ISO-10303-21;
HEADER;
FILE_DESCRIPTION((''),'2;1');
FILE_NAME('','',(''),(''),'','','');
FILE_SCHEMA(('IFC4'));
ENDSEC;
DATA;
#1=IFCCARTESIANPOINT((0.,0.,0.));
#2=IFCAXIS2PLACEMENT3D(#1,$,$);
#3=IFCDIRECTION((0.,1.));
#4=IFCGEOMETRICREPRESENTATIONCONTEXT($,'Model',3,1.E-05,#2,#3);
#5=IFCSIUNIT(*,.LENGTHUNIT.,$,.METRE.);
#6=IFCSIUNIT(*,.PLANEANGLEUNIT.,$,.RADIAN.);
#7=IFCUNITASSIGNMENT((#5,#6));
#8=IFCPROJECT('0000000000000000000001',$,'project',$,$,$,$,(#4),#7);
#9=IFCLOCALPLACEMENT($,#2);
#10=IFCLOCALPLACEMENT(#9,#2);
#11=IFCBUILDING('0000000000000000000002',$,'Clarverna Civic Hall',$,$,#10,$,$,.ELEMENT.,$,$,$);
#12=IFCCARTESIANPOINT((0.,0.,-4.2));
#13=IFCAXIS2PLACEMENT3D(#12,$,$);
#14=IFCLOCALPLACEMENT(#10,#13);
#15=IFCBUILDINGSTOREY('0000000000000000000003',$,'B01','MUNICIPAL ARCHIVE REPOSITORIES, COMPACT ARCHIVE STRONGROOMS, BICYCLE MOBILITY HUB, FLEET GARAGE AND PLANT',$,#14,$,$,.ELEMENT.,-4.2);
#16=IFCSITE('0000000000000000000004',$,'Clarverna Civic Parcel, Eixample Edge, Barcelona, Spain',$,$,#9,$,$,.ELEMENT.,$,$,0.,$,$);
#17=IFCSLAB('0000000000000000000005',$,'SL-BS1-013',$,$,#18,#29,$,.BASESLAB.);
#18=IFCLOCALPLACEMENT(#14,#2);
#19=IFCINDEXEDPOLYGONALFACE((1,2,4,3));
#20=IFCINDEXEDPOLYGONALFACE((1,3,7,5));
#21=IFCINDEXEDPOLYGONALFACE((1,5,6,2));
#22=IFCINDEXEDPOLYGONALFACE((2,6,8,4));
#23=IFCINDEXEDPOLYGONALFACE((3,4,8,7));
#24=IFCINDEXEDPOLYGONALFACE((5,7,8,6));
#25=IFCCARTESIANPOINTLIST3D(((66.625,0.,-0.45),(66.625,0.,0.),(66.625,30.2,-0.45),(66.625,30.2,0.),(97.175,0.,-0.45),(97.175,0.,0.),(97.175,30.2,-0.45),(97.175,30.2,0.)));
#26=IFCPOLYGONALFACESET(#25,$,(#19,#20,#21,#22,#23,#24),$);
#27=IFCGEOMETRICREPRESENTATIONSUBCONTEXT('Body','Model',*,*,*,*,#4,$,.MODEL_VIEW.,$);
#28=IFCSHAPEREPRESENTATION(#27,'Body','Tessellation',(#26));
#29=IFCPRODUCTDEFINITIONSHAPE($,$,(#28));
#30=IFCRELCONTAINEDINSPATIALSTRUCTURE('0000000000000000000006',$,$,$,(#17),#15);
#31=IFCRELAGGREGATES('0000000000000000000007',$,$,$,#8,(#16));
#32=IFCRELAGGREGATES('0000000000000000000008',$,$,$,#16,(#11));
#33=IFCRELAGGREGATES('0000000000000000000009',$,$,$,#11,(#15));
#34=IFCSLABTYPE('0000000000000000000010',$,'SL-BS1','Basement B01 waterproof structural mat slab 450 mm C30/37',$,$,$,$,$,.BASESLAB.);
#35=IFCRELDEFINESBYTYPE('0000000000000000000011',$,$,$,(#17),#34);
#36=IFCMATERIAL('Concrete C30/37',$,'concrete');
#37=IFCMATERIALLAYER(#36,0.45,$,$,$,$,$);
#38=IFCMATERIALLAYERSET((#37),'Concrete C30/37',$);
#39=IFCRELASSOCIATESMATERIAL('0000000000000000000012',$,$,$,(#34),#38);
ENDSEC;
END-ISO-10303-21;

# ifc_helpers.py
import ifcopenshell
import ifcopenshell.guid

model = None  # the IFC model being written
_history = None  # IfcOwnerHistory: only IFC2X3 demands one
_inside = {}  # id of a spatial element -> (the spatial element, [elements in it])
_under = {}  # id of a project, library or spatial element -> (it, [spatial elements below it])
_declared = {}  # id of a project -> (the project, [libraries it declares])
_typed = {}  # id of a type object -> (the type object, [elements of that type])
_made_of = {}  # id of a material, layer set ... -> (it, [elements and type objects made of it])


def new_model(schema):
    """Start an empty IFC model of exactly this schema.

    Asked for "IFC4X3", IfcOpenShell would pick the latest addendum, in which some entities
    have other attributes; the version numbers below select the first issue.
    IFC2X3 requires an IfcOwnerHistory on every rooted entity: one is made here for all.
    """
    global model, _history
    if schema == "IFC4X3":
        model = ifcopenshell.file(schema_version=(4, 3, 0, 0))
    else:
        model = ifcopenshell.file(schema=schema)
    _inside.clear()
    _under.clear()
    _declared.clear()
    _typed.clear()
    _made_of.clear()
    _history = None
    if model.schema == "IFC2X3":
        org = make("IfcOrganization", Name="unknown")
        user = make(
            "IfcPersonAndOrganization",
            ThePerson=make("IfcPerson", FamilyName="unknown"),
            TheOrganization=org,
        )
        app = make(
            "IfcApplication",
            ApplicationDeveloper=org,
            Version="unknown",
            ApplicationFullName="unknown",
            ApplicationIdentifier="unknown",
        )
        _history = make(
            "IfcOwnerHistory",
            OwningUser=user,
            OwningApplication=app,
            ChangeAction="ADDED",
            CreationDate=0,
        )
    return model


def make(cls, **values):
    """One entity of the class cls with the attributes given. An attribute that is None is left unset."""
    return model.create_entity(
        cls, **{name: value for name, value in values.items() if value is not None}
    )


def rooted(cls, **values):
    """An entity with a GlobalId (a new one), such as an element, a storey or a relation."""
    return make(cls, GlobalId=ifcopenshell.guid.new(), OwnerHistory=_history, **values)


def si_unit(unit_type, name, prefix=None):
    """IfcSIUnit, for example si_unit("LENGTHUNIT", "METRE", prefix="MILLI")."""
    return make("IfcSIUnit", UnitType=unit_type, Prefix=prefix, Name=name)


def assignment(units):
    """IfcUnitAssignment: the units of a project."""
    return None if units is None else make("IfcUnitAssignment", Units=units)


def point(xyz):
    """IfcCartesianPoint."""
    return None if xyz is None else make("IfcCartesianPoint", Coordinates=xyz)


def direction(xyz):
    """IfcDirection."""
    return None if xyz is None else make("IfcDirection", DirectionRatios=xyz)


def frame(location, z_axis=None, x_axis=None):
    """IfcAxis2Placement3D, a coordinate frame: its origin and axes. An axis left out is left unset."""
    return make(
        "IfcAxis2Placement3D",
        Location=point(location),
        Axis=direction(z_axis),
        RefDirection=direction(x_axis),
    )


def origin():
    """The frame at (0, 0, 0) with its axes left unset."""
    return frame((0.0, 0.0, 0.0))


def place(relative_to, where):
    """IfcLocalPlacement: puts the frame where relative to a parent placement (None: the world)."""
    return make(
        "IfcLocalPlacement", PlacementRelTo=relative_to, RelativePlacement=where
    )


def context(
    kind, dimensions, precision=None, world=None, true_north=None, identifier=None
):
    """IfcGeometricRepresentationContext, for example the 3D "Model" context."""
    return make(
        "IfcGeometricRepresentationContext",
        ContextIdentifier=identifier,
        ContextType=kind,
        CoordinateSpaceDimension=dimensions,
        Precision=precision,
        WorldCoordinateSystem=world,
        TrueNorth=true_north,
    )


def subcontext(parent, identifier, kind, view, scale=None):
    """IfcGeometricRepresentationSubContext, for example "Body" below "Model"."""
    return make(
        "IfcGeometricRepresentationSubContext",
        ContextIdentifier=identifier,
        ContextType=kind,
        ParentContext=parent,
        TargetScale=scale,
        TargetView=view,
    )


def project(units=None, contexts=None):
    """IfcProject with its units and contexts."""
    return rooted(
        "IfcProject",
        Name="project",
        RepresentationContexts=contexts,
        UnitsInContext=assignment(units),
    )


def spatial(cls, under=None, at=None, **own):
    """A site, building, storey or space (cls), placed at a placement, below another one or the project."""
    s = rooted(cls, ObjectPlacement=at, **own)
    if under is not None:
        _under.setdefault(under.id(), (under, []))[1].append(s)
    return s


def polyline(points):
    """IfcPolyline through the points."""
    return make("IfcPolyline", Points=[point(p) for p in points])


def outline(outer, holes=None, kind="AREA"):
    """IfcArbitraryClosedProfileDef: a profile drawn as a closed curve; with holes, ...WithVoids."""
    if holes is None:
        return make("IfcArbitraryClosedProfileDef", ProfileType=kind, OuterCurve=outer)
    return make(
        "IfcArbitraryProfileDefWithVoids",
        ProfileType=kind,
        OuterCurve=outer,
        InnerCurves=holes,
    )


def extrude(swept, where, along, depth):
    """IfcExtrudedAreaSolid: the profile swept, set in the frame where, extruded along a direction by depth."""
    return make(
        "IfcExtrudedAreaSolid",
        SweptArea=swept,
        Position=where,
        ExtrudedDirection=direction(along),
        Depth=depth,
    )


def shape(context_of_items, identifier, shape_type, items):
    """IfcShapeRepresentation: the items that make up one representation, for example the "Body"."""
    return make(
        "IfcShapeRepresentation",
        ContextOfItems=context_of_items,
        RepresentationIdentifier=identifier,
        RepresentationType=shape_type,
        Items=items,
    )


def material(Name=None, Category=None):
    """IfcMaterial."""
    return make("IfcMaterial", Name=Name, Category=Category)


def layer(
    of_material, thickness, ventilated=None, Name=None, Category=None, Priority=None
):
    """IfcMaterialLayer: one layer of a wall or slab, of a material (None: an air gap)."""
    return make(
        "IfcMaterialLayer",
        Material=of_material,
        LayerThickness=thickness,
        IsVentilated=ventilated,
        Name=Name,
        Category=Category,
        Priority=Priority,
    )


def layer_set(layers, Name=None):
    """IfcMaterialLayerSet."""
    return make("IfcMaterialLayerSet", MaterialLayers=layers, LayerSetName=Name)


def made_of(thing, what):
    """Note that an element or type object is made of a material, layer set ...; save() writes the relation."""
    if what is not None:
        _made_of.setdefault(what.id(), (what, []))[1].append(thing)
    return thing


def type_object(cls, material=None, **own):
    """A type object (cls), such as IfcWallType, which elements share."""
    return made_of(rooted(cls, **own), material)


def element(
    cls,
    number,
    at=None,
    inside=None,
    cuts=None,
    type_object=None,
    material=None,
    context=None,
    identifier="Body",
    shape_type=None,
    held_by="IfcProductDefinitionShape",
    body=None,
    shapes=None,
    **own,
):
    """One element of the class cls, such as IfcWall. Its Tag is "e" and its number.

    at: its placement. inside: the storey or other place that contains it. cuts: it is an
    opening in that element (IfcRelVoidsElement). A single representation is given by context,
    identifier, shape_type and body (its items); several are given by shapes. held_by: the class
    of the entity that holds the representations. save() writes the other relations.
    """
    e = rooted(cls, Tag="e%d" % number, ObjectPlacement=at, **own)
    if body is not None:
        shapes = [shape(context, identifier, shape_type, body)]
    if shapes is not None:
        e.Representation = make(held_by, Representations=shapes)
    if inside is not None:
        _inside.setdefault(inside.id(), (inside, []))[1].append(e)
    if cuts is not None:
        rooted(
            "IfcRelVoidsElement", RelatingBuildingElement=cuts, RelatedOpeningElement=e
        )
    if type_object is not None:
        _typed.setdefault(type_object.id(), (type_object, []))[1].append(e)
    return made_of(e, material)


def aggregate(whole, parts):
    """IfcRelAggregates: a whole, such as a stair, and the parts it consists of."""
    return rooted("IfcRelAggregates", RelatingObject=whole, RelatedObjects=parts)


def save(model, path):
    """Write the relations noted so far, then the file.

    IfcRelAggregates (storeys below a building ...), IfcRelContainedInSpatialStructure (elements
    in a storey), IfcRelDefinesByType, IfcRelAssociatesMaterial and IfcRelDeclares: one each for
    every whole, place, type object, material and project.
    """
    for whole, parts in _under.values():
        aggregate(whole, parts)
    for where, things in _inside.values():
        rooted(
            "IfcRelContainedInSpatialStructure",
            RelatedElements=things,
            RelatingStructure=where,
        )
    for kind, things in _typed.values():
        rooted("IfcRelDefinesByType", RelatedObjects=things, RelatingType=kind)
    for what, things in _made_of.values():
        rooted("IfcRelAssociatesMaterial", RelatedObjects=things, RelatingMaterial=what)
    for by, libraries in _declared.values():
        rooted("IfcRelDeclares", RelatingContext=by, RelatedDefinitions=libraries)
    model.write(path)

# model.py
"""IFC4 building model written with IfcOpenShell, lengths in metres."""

from ifc_helpers import new_model, si_unit, direction, frame, origin, place, context, subcontext, project, spatial, polyline, outline, extrude, material, layer, layer_set, type_object, element, save


model = new_model("IFC4")

# Units and contexts
model_context = context("Model", 3, precision=1e-05, world=origin(), true_north=direction((0.0, 1.0)))
body_context = subcontext(model_context, "Body", "Model", "MODEL_VIEW")
ifc_project = project(units=[si_unit("LENGTHUNIT", "METRE"), si_unit("PLANEANGLEUNIT", "RADIAN")], contexts=[model_context])

# Site, building, storey
site_placement = place(None, origin())
site = spatial("IfcSite", under=ifc_project, at=site_placement, Name="Clarverna Civic Parcel, Eixample Edge, Barcelona, Spain", CompositionType="ELEMENT", RefElevation=0.0)
building_placement = place(site_placement, origin())
building = spatial("IfcBuilding", under=site, at=building_placement, Name="Clarverna Civic Hall", CompositionType="ELEMENT")
storey_placement = place(building_placement, frame((0.0, 0.0, -4.2)))
storey = spatial("IfcBuildingStorey", under=building, at=storey_placement, Name="B01", Description="MUNICIPAL ARCHIVE REPOSITORIES, COMPACT ARCHIVE STRONGROOMS, BICYCLE MOBILITY HUB, FLEET GARAGE AND PLANT", CompositionType="ELEMENT", Elevation=-4.2)

# Shared definitions
ifc_material_1 = material(Name="Concrete C30/37", Category="concrete")

# Slab
ifc_layer = layer(ifc_material_1, 0.45)
ifc_layer_set = layer_set([ifc_layer], Name="Concrete C30/37")
slab_type = type_object("IfcSlabType", Name="SL-BS1", Description="Basement B01 waterproof structural mat slab 450 mm C30/37", PredefinedType="BASESLAB", material=ifc_layer_set)
slab_1_placement = place(storey_placement, frame((0.0, 0.0, -0.45)))
element("IfcSlab", 1, at=slab_1_placement, inside=storey, type_object=slab_type, Name="SL-BS1-013", PredefinedType="BASESLAB", context=body_context, shape_type="SweptSolid", body=[
    extrude(outline(polyline([(66.625, 0.0), (97.175, 0.0), (97.175, 30.2), (66.625, 30.2), (66.625, 0.0)])), origin(), (0.0, 0.0, 1.0), 0.45),
])

save(model, "model.ifc")
